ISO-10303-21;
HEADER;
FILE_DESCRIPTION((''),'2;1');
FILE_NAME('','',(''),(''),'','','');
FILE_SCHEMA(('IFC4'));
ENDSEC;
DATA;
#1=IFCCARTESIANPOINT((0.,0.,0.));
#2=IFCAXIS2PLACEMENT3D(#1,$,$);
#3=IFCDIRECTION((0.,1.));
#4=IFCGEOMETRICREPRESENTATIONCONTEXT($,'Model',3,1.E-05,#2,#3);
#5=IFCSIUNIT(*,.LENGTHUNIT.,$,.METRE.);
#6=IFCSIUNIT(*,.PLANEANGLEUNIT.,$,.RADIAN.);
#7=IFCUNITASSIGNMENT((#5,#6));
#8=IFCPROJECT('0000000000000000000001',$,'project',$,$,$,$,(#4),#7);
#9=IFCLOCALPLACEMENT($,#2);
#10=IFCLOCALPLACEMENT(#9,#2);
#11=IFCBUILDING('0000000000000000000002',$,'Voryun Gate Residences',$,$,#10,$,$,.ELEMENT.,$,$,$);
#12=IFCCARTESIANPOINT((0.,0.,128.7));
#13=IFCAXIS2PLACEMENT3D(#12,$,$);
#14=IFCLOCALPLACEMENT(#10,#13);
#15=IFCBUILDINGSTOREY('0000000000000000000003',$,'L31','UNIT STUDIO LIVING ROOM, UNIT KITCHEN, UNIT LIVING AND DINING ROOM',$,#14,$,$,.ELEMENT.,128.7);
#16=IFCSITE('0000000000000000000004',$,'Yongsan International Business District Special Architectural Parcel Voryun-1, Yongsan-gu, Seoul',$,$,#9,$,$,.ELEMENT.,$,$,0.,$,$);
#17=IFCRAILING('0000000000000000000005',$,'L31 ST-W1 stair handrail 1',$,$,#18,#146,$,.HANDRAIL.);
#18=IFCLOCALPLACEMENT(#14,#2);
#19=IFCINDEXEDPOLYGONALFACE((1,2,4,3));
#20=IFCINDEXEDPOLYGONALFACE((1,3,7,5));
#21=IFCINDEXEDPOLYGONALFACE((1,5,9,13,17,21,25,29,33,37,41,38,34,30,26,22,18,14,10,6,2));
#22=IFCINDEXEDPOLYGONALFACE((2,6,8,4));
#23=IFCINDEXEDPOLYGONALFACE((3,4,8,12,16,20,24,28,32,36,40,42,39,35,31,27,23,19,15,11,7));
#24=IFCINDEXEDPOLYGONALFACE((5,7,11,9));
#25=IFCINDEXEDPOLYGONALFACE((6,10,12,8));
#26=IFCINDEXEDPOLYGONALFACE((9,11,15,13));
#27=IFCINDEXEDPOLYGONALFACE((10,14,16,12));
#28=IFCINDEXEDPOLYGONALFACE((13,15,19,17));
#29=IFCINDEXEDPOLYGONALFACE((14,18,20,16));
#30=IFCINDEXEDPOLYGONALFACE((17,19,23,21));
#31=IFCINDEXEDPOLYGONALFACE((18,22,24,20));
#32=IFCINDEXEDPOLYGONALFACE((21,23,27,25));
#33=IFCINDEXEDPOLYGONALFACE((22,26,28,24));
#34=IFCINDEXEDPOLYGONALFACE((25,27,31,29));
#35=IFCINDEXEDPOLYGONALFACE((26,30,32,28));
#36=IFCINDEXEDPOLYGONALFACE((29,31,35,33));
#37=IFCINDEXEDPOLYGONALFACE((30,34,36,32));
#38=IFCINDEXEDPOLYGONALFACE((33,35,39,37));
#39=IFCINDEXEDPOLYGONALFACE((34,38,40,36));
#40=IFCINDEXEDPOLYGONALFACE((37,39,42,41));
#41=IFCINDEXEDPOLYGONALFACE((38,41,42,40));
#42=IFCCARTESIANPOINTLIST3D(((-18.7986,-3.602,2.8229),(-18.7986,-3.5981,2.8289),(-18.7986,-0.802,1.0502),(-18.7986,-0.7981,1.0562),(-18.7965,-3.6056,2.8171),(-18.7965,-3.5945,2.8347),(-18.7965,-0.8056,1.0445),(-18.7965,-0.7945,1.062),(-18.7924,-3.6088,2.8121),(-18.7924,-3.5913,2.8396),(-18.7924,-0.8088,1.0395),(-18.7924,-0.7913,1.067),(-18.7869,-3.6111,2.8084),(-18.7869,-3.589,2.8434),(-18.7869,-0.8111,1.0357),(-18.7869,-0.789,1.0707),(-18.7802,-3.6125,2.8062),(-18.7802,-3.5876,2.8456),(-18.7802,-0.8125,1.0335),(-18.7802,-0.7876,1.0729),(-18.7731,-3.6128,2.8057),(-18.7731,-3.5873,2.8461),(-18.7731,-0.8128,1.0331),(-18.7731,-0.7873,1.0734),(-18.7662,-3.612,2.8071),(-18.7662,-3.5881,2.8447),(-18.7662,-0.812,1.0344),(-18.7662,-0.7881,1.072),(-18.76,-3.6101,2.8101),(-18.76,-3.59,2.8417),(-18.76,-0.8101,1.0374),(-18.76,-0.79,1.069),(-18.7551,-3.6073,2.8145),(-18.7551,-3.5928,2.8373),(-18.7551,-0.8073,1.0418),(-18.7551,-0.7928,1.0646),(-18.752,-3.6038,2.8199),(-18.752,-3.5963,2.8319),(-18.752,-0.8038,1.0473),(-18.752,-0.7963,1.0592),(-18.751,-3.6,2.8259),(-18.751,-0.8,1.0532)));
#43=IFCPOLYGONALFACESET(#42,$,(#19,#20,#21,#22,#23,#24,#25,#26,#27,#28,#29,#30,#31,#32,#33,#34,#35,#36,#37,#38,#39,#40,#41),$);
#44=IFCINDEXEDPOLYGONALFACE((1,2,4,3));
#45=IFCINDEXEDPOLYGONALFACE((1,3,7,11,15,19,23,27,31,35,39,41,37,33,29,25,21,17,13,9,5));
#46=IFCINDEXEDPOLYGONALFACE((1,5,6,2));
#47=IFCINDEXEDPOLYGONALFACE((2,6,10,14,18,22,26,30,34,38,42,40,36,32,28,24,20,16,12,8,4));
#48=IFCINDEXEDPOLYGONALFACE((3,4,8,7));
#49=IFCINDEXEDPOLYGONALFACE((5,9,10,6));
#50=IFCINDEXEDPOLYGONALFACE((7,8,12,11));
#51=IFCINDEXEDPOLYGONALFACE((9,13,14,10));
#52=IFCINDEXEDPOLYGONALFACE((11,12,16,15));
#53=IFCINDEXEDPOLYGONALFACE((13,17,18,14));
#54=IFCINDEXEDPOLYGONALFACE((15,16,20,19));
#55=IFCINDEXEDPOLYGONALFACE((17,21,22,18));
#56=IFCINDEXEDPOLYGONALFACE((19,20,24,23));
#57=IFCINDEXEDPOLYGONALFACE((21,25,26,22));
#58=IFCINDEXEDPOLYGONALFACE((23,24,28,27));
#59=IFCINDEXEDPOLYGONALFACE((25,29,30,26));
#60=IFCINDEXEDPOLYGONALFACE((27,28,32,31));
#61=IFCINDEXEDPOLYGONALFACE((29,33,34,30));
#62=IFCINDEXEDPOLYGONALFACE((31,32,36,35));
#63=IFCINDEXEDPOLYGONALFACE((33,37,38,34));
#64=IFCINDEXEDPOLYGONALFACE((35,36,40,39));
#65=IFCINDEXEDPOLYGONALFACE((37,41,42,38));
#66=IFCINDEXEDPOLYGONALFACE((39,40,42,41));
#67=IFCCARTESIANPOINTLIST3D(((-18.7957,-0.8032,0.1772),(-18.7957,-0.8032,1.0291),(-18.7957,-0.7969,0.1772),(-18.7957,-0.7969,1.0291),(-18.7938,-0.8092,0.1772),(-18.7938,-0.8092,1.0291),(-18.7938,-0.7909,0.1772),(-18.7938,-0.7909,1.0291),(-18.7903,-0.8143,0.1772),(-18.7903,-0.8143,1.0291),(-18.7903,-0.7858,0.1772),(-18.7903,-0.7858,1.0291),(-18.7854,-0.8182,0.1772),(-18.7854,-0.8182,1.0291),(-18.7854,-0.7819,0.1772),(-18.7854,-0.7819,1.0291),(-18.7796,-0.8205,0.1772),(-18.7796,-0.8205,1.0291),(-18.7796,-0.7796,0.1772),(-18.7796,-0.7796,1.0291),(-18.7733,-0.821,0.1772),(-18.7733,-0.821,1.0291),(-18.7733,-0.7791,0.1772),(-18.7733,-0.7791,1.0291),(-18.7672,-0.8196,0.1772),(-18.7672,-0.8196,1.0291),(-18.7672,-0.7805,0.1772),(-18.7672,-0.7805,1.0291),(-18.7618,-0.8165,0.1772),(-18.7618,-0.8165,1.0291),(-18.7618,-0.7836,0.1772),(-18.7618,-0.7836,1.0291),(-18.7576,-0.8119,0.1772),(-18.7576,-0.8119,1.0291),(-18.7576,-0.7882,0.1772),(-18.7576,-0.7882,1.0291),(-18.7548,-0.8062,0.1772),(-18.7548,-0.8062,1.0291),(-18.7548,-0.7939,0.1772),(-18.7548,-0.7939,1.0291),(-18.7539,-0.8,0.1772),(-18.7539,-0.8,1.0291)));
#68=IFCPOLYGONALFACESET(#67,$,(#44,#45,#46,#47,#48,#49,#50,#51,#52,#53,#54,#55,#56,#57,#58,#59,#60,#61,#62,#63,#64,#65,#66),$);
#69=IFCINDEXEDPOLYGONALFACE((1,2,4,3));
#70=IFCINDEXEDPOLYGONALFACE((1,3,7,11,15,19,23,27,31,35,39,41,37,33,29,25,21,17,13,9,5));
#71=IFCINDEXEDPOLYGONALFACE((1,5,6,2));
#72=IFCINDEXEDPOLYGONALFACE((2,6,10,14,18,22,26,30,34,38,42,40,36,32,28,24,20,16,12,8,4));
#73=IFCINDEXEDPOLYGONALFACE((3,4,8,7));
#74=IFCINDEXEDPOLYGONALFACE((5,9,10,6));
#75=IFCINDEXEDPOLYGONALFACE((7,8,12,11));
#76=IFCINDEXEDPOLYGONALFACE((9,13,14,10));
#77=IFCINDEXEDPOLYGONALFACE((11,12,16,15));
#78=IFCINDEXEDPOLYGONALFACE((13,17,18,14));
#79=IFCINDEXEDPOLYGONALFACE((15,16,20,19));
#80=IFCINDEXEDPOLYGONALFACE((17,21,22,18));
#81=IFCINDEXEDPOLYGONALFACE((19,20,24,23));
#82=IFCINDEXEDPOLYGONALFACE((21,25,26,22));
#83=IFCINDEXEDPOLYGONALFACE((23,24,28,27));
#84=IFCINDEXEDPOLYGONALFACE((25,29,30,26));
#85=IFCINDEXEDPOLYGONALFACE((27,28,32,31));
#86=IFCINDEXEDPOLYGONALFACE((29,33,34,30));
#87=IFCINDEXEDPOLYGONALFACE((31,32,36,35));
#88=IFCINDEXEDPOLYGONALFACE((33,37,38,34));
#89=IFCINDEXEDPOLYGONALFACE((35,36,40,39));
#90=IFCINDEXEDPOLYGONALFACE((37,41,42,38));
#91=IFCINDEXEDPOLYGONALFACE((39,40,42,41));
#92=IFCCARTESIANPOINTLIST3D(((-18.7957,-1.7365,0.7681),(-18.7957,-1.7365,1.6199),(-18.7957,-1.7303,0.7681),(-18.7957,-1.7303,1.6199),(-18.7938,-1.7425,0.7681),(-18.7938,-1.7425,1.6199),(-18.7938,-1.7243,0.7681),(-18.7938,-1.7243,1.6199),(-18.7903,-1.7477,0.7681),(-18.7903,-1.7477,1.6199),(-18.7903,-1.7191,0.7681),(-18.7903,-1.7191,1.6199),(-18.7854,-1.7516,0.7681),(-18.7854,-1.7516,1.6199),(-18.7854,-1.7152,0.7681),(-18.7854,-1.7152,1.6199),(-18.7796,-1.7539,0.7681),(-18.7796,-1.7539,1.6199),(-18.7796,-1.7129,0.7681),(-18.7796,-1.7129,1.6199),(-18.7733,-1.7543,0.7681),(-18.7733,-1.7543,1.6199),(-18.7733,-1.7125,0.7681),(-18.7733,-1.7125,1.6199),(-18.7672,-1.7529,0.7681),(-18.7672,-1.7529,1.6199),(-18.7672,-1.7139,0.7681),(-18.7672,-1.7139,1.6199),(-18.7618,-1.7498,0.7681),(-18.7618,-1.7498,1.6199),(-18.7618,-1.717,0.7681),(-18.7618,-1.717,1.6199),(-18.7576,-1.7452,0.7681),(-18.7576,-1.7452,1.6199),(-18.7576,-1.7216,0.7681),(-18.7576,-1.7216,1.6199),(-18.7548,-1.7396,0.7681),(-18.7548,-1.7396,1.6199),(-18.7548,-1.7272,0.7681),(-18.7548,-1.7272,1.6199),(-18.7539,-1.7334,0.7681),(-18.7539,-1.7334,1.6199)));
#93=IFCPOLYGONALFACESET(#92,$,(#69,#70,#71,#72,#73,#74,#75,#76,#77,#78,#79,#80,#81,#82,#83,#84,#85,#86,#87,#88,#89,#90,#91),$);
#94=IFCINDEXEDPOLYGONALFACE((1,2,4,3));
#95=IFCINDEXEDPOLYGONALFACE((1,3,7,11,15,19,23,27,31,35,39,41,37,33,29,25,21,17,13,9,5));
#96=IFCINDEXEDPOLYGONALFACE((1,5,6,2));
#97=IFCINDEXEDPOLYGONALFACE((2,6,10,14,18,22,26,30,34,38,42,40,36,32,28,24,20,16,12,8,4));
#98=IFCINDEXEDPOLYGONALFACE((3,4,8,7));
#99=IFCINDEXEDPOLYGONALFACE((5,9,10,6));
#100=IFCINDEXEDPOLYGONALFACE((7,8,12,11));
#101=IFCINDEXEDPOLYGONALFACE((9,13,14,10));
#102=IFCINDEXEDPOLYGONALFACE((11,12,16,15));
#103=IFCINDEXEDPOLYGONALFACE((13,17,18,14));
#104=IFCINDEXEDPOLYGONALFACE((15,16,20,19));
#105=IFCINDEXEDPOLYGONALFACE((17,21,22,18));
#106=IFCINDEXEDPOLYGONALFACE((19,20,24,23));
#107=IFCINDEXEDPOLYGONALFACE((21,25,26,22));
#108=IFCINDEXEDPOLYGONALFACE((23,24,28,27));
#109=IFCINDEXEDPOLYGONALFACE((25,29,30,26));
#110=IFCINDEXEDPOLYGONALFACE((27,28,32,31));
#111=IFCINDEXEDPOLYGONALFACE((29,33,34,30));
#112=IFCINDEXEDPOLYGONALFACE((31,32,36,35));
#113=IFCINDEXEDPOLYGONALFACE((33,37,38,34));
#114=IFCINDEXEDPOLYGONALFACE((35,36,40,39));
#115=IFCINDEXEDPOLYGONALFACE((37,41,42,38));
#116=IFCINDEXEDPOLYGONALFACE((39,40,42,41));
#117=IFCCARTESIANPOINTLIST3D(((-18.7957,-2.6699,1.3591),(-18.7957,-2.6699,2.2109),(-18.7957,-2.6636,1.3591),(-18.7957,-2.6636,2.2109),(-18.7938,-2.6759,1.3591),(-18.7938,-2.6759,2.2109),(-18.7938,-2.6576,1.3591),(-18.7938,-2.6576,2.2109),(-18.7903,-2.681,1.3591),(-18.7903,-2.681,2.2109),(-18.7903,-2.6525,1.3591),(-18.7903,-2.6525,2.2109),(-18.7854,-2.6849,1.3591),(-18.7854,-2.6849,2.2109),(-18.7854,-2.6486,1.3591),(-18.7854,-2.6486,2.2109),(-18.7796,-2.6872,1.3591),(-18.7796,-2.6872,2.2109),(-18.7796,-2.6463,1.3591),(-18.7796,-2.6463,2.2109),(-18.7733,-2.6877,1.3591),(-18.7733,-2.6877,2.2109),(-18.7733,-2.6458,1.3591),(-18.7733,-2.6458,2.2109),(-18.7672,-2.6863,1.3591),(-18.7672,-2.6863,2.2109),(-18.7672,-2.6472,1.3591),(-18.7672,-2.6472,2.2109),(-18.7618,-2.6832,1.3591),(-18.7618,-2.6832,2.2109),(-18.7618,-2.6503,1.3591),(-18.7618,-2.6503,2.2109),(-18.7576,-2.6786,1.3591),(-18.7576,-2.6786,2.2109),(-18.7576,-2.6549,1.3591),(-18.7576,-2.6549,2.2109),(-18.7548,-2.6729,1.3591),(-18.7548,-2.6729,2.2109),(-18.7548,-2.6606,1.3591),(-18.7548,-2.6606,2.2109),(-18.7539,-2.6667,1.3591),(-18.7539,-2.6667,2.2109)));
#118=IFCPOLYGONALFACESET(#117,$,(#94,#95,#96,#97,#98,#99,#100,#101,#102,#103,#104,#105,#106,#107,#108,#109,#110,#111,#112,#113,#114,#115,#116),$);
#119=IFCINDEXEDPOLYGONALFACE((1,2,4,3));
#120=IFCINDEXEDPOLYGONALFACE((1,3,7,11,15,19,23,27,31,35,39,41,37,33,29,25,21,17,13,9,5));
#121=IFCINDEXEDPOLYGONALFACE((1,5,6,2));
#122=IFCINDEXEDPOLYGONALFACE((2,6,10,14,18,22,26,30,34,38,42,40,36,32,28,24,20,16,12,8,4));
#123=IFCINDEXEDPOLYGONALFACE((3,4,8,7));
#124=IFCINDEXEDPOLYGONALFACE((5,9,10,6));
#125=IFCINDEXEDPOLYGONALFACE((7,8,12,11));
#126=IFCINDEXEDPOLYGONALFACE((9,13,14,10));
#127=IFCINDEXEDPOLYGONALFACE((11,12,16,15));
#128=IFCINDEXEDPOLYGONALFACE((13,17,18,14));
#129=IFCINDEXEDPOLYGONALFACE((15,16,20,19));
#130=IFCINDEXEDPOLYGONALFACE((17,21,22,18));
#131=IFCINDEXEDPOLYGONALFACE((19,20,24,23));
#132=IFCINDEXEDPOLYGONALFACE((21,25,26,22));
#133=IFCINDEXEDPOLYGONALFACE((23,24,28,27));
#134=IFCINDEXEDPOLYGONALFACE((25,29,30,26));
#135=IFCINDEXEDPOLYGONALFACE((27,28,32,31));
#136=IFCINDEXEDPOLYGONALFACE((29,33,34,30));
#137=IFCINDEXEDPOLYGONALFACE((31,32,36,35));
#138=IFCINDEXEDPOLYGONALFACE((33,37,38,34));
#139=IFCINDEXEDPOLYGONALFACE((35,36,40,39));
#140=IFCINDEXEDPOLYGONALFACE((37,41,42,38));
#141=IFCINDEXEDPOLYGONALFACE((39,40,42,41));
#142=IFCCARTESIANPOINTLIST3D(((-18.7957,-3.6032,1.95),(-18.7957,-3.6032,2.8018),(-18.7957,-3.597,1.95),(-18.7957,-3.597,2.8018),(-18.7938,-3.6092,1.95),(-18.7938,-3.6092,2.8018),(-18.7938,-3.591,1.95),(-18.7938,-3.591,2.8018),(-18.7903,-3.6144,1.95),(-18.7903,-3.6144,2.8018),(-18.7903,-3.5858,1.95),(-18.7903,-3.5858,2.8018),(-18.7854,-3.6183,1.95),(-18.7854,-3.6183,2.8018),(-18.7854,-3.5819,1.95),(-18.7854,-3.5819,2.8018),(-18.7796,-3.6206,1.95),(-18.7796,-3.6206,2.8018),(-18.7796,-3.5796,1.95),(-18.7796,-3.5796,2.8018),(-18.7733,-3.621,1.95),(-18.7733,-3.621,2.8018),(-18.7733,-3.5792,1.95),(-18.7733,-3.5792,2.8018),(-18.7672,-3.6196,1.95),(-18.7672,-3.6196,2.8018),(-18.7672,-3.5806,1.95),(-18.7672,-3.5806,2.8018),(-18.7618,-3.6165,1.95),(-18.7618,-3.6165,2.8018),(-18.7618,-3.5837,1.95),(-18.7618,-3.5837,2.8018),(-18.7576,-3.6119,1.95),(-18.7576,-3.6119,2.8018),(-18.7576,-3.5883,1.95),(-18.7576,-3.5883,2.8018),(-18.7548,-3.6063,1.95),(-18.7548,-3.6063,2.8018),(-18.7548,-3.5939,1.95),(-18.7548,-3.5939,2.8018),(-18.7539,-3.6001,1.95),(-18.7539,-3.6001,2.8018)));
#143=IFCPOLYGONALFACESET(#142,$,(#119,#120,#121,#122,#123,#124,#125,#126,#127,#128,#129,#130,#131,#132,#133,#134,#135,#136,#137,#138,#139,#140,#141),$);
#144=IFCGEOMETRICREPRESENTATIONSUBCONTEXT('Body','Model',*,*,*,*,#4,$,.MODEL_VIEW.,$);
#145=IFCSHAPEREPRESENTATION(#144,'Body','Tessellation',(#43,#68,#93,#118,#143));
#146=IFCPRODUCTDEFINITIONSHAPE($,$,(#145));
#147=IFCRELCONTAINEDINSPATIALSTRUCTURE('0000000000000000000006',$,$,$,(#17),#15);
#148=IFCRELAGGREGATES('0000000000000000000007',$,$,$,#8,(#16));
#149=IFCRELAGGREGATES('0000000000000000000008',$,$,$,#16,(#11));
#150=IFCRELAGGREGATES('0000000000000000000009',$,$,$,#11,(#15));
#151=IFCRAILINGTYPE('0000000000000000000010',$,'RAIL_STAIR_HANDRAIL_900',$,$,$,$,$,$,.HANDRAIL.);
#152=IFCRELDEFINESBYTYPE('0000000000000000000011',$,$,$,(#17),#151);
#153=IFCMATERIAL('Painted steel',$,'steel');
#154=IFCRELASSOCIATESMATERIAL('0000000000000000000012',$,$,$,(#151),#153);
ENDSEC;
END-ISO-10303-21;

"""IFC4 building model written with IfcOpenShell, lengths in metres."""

from ifc_helpers import new_model, si_unit, direction, frame, origin, origin_2d, place, context, subcontext, project, spatial, circle, extrude, material, type_object, element, save


model = new_model("IFC4")

# Units and contexts
model_context = context("Model", 3, precision=1e-05, world=origin(), true_north=direction((0.0, 1.0)))
body_context = subcontext(model_context, "Body", "Model", "MODEL_VIEW")
ifc_project = project(units=[si_unit("LENGTHUNIT", "METRE"), si_unit("PLANEANGLEUNIT", "RADIAN")], contexts=[model_context])

# Site, building, storey
site_placement = place(None, origin())
site = spatial("IfcSite", under=ifc_project, at=site_placement, Name="Yongsan International Business District Special Architectural Parcel Voryun-1, Yongsan-gu, Seoul", CompositionType="ELEMENT", RefElevation=0.0)
building_placement = place(site_placement, origin())
building = spatial("IfcBuilding", under=site, at=building_placement, Name="Voryun Gate Residences", CompositionType="ELEMENT")
storey_placement = place(building_placement, frame((0.0, 0.0, 128.7)))
storey = spatial("IfcBuildingStorey", under=building, at=storey_placement, Name="L31", Description="UNIT STUDIO LIVING ROOM, UNIT KITCHEN, UNIT LIVING AND DINING ROOM", CompositionType="ELEMENT", Elevation=128.7)

# Railing
ifc_material_1 = material(Name="Painted steel", Category="steel")
railing_type_1 = type_object("IfcRailingType", Name="RAIL_STAIR_HANDRAIL_900", PredefinedType="HANDRAIL", material=ifc_material_1)
railing_1_placement = place(storey_placement, frame((-18.7749, -0.8, 0.1772)))
element("IfcRailing", 1, at=railing_1_placement, inside=storey, type_object=railing_type_1, Name="L31 ST-W1 stair handrail 1", PredefinedType="HANDRAIL", context=body_context, shape_type="SweptSolid", body=[
    extrude(circle(Radius=0.0239, at=origin_2d()), frame((0.0, 0.0, 0.876), z_axis=(0.0, -0.844909, 0.53491), x_axis=(1.0, 0.0, 0.0)), (0.0, 0.0, 1.0), 3.314),
    extrude(circle(Radius=0.021, at=origin_2d()), origin(), (0.0, 0.0, 1.0), 0.8518),
    extrude(circle(Radius=0.021, at=origin_2d()), frame((0.0, -0.9333, 0.5908)), (0.0, 0.0, 1.0), 0.8518),
    extrude(circle(Radius=0.021, at=origin_2d()), frame((0.0, -1.8667, 1.1819)), (0.0, 0.0, 1.0), 0.8518),
    extrude(circle(Radius=0.021, at=origin_2d()), frame((0.0, -2.8, 1.7727)), (0.0, 0.0, 1.0), 0.8518),
])

save(model, "model.ifc")
